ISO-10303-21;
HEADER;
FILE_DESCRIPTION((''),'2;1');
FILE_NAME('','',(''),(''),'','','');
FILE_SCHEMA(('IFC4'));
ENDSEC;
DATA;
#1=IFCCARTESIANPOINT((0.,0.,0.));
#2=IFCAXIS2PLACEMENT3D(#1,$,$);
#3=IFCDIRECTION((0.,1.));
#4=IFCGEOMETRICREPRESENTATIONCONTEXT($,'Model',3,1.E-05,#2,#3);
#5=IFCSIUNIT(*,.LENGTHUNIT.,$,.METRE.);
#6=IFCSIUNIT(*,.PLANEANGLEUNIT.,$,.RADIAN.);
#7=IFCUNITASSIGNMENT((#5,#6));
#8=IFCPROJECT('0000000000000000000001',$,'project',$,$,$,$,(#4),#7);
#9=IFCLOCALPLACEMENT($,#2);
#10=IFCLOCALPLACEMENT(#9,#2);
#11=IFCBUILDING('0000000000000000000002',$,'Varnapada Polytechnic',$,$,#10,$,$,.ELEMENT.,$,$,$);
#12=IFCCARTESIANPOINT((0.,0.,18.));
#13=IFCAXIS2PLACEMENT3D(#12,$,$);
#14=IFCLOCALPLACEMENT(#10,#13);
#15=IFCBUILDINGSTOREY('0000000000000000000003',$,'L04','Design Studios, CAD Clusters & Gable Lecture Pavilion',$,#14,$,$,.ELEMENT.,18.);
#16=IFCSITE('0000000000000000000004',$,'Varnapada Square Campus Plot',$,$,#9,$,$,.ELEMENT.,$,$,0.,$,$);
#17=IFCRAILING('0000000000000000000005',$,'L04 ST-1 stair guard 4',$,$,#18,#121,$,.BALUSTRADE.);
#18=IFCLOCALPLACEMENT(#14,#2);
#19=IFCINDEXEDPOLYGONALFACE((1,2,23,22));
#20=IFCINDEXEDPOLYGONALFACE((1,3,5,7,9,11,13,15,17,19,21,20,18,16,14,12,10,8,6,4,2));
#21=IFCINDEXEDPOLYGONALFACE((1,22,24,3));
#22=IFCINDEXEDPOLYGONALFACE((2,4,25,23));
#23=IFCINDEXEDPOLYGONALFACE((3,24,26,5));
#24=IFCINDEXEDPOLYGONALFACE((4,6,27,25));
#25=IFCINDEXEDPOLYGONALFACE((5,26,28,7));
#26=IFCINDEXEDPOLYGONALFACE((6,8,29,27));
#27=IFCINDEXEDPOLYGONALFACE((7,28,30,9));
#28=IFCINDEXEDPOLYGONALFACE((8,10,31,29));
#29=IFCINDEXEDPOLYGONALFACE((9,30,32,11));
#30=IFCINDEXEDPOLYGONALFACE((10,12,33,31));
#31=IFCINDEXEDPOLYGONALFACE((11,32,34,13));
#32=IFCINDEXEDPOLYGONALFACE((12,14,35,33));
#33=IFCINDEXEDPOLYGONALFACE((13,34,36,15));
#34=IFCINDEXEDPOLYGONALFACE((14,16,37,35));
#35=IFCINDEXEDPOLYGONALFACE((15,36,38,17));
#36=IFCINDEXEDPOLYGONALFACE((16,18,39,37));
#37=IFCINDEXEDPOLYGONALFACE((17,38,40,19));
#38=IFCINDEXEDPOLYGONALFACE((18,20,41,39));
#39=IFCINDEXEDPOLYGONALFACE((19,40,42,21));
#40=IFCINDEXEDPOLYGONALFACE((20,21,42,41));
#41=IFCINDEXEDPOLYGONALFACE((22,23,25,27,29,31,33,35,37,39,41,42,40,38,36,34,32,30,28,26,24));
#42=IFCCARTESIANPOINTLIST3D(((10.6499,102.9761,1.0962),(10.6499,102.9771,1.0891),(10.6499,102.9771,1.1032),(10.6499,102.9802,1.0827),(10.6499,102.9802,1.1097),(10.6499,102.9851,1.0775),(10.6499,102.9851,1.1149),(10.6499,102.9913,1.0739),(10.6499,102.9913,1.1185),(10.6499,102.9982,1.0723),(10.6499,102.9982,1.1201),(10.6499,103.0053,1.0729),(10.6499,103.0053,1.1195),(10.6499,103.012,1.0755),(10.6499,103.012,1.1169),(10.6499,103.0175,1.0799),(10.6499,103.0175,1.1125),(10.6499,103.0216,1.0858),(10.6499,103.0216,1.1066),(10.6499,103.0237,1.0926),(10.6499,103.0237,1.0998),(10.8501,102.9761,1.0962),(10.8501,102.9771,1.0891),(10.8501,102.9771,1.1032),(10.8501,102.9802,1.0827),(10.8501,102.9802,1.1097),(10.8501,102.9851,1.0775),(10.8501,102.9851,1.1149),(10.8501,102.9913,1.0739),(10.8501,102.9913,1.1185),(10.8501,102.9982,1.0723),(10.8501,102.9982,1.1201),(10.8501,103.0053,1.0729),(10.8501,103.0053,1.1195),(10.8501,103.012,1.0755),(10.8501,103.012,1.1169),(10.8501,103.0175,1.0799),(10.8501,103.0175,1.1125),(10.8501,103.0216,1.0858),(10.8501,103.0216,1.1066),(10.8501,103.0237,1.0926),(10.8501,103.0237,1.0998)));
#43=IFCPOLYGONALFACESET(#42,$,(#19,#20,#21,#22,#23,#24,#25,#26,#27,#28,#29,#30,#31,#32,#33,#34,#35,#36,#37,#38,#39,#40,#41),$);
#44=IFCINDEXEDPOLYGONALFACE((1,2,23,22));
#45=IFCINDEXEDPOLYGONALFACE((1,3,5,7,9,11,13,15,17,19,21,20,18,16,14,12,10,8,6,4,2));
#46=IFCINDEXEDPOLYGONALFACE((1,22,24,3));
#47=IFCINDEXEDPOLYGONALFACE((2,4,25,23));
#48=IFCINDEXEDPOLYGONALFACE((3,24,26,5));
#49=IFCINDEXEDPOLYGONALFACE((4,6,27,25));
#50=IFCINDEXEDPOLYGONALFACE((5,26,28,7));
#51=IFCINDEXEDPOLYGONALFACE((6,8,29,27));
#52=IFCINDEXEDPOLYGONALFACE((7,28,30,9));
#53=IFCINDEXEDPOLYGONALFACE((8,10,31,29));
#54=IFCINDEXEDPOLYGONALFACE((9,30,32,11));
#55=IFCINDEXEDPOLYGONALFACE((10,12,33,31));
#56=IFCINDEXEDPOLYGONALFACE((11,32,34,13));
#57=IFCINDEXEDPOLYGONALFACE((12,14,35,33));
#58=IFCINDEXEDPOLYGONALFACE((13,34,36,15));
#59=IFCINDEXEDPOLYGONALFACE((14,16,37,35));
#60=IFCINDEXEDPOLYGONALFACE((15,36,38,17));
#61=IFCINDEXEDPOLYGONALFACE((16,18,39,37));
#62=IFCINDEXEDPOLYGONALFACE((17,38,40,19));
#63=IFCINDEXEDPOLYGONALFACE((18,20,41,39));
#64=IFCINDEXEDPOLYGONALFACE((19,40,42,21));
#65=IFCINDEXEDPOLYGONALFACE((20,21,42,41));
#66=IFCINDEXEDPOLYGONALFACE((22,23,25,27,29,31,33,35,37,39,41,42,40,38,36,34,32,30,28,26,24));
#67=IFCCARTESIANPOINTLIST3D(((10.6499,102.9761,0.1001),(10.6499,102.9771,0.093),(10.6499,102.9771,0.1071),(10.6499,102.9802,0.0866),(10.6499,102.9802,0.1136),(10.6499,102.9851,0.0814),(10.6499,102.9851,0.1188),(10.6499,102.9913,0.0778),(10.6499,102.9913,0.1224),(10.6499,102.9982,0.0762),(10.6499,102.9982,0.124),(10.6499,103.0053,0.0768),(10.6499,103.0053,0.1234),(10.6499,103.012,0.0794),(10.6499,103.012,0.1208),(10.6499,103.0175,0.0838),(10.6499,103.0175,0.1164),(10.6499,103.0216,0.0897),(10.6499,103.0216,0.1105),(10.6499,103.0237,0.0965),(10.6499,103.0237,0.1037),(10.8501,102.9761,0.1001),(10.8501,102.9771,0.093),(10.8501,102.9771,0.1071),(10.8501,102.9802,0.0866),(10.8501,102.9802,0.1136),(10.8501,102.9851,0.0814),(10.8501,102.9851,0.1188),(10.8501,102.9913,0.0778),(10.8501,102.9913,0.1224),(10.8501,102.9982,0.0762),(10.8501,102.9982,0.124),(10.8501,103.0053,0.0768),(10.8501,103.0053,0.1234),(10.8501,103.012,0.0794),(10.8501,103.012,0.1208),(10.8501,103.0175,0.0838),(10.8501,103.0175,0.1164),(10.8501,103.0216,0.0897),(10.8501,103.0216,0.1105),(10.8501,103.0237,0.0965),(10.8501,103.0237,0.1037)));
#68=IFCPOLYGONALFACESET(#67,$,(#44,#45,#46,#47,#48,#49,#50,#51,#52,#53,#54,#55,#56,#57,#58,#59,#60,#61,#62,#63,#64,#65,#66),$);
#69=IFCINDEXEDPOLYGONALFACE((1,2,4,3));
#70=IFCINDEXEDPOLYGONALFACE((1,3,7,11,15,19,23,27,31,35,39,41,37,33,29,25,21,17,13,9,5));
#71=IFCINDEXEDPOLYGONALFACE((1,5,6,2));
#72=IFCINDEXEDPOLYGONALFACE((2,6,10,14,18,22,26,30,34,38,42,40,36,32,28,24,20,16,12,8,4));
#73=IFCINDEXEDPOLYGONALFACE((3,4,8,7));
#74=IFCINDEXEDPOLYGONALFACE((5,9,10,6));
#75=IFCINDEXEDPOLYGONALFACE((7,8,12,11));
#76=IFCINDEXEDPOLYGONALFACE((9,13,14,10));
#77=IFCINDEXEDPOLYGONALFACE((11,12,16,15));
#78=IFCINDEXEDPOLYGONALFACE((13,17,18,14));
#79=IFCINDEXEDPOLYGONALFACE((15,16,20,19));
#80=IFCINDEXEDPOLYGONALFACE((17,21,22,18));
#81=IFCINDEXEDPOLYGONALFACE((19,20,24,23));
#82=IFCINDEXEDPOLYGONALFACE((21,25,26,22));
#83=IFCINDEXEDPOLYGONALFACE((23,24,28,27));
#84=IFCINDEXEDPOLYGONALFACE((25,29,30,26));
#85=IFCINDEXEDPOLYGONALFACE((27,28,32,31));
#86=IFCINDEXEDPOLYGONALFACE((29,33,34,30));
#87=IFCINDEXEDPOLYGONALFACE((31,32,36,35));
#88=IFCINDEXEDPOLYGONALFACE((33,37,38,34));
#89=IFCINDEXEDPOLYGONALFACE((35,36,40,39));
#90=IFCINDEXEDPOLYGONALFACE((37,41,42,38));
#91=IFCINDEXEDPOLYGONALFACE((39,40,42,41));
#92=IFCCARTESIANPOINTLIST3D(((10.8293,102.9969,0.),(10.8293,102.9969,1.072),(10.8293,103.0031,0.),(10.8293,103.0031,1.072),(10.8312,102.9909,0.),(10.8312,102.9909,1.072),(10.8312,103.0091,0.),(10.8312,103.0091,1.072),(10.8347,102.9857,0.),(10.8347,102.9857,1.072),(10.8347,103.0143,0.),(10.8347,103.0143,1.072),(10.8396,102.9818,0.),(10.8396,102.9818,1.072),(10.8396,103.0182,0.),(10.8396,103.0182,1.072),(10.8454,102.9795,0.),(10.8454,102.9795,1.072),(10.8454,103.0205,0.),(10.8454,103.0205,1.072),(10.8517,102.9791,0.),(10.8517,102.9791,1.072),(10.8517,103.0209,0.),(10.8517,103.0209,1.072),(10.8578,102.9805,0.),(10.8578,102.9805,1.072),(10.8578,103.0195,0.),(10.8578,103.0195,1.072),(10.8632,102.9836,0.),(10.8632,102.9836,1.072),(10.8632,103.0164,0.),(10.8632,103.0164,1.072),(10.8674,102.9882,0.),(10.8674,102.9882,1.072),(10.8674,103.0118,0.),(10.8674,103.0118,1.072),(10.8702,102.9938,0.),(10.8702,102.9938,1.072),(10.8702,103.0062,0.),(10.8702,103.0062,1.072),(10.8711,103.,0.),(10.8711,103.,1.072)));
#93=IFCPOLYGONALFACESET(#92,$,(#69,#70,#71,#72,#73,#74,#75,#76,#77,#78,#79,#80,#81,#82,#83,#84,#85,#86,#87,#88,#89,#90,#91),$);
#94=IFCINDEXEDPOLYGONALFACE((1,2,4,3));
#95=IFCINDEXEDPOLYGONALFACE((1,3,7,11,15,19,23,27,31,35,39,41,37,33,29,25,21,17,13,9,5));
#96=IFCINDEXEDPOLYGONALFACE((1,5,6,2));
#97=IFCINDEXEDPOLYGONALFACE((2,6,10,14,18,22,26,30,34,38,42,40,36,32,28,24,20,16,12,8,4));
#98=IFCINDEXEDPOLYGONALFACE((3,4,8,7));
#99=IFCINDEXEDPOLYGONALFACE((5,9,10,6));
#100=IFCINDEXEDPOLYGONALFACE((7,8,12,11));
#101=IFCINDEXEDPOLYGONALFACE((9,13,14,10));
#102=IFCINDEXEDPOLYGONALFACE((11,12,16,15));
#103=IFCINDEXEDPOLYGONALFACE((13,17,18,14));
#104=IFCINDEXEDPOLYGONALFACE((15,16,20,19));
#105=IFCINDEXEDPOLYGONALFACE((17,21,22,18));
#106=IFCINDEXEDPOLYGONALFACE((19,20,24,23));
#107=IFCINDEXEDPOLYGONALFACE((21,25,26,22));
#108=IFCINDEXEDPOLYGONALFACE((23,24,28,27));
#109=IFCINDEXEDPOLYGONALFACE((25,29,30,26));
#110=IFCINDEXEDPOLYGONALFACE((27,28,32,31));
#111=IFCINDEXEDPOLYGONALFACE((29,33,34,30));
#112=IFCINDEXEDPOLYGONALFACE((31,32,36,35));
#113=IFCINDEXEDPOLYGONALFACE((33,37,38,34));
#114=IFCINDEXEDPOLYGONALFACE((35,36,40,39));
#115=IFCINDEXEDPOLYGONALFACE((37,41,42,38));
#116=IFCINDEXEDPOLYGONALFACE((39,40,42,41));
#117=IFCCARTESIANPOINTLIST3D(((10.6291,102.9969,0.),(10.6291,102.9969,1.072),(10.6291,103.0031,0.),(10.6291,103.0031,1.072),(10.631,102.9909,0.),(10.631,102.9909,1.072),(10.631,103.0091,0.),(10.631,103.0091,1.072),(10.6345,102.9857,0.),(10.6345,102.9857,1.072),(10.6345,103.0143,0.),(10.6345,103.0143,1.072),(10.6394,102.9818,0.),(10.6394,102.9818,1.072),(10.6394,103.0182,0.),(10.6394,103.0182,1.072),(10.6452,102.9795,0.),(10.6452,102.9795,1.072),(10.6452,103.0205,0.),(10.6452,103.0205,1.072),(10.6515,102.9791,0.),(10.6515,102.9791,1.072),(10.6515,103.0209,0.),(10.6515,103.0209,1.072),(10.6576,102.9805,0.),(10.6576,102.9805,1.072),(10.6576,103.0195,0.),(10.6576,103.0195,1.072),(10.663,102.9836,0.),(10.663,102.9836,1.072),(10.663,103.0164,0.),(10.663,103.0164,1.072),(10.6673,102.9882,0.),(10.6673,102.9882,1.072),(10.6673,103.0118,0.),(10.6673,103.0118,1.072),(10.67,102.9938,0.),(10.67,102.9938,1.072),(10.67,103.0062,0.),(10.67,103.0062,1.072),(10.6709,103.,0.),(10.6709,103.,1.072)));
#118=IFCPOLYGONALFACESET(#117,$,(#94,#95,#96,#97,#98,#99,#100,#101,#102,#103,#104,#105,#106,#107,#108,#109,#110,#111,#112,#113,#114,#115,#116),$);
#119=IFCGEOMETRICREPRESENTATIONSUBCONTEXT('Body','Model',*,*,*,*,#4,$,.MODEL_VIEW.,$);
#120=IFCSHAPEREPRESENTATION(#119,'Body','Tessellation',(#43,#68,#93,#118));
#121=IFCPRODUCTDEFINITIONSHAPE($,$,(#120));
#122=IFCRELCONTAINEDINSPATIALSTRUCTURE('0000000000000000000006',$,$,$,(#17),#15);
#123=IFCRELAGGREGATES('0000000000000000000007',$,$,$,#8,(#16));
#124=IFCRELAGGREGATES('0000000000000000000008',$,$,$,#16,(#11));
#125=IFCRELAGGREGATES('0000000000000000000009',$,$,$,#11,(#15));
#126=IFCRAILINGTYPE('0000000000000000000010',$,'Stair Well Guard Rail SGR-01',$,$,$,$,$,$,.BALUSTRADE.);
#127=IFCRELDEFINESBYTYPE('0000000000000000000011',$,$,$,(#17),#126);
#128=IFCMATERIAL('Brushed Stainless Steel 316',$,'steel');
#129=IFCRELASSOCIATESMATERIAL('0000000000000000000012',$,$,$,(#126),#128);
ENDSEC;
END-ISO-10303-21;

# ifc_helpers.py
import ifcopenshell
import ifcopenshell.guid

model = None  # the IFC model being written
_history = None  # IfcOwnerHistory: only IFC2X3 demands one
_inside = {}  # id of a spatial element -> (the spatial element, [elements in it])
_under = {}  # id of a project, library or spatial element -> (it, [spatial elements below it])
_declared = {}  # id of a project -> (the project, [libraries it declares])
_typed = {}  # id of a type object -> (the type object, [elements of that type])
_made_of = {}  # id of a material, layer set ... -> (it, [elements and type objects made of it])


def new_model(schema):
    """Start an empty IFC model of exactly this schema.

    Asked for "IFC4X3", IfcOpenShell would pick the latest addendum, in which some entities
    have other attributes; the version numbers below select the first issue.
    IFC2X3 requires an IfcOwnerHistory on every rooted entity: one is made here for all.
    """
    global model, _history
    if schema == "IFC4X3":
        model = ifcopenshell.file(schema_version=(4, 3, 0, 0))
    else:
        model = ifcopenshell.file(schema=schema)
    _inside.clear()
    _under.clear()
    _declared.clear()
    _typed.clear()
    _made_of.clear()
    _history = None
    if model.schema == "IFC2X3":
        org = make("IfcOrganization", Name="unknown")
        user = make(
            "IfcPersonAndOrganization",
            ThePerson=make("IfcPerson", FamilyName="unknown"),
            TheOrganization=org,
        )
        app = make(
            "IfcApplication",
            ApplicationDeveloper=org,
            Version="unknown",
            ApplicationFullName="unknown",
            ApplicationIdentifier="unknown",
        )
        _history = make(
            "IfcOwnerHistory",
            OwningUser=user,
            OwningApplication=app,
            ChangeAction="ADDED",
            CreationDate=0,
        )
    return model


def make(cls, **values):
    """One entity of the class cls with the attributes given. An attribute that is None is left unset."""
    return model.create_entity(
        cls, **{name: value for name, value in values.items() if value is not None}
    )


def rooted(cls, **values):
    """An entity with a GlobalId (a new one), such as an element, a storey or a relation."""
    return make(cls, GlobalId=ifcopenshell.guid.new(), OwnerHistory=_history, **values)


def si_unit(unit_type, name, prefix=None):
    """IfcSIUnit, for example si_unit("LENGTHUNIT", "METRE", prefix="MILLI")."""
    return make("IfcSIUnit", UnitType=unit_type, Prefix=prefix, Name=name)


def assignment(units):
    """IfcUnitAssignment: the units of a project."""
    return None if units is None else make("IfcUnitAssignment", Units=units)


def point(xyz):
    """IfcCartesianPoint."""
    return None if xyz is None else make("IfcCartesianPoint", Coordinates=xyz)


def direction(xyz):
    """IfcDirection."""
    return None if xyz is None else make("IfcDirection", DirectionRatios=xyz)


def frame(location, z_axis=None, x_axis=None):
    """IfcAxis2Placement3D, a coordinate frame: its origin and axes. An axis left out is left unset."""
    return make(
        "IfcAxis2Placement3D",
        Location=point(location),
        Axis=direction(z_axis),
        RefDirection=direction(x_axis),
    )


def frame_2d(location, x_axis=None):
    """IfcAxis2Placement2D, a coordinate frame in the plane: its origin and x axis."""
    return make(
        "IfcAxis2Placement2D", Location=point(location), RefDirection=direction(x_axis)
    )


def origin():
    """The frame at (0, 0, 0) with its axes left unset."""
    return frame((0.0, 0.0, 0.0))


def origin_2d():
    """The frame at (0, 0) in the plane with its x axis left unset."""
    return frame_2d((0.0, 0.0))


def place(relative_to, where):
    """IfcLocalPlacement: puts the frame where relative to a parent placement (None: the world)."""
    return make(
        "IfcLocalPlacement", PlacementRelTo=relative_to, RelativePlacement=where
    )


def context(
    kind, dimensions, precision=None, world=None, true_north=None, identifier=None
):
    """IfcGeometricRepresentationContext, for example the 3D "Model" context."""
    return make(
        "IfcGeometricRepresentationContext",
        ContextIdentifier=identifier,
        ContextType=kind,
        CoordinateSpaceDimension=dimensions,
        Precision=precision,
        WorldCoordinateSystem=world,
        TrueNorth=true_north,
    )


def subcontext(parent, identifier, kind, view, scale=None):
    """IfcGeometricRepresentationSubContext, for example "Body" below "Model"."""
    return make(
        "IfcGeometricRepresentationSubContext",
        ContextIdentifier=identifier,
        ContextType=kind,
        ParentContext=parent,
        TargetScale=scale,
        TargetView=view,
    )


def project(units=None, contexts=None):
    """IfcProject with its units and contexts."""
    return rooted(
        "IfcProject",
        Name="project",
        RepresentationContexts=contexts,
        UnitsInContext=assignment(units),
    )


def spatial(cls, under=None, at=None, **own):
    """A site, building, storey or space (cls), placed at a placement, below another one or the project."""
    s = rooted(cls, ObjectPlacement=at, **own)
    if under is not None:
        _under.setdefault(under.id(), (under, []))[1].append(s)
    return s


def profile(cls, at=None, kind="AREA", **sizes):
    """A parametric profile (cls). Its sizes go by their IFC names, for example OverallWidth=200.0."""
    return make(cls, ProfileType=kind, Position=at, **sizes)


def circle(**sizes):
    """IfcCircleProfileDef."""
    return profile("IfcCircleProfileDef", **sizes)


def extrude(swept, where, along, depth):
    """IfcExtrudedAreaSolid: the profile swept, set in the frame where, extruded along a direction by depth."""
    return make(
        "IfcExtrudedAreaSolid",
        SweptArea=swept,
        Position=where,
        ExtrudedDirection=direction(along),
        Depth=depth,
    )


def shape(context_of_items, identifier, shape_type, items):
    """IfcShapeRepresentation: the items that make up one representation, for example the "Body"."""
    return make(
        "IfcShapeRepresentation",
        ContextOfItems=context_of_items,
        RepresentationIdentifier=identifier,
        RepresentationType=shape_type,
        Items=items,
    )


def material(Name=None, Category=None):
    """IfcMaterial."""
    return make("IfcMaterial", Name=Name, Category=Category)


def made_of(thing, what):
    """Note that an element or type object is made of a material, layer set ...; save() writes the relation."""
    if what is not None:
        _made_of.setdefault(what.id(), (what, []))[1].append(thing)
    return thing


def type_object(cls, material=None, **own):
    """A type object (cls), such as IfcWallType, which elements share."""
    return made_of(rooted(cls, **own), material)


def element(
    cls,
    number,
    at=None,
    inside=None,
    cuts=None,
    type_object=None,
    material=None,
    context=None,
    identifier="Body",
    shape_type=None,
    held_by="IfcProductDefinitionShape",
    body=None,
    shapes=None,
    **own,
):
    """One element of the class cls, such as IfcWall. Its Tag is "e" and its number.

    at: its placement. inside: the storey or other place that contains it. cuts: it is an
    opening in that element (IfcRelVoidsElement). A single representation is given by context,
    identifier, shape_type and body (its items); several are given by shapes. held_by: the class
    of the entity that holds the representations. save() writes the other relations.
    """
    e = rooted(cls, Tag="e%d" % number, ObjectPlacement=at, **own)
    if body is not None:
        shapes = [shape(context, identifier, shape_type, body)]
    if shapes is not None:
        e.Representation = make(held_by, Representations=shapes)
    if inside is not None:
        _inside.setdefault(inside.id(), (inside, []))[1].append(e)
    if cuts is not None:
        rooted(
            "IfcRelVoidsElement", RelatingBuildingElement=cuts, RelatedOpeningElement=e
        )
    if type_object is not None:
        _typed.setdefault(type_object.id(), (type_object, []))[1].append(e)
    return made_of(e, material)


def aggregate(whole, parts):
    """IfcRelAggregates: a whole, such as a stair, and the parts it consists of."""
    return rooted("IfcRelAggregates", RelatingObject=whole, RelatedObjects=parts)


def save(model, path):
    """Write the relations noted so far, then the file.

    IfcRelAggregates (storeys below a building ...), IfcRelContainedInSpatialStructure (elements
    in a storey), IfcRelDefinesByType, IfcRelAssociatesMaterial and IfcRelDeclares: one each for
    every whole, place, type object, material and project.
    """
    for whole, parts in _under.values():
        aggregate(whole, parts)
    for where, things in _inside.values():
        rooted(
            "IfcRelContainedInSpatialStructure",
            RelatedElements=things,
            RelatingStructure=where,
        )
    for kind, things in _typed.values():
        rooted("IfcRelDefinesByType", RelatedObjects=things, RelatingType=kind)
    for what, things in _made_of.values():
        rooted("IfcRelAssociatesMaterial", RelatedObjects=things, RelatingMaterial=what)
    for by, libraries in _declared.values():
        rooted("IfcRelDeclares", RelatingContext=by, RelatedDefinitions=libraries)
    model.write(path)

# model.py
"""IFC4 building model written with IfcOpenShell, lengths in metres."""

from ifc_helpers import new_model, si_unit, direction, frame, origin, origin_2d, place, context, subcontext, project, spatial, circle, extrude, material, type_object, element, save


model = new_model("IFC4")

# Units and contexts
model_context = context("Model", 3, precision=1e-05, world=origin(), true_north=direction((0.0, 1.0)))
body_context = subcontext(model_context, "Body", "Model", "MODEL_VIEW")
ifc_project = project(units=[si_unit("LENGTHUNIT", "METRE"), si_unit("PLANEANGLEUNIT", "RADIAN")], contexts=[model_context])

# Site, building, storey
site_placement = place(None, origin())
site = spatial("IfcSite", under=ifc_project, at=site_placement, Name="Varnapada Square Campus Plot", CompositionType="ELEMENT", RefElevation=0.0)
building_placement = place(site_placement, origin())
building = spatial("IfcBuilding", under=site, at=building_placement, Name="Varnapada Polytechnic", CompositionType="ELEMENT")
storey_placement = place(building_placement, frame((0.0, 0.0, 18.0)))
storey = spatial("IfcBuildingStorey", under=building, at=storey_placement, Name="L04", Description="Design Studios, CAD Clusters & Gable Lecture Pavilion", CompositionType="ELEMENT", Elevation=18.0)

# Shared definitions
ifc_material_1 = material(Name="Brushed Stainless Steel 316", Category="steel")

# Railing
railing_type_1 = type_object("IfcRailingType", Name="Stair Well Guard Rail SGR-01", PredefinedType="BALUSTRADE", material=ifc_material_1)
railing_1_placement = place(storey_placement, frame((10.8501, 103.0, 0.0)))
element("IfcRailing", 1, at=railing_1_placement, inside=storey, type_object=railing_type_1, Name="L04 ST-1 stair guard 4", PredefinedType="BALUSTRADE", context=body_context, shape_type="SweptSolid", body=[
    extrude(circle(Radius=0.0239, at=origin_2d()), frame((0.0, 0.0, 1.0962), z_axis=(-1.0, 0.0, 0.0), x_axis=(0.0, -1.0, 0.0)), (0.0, 0.0, 1.0), 0.2002),
    extrude(circle(Radius=0.0239, at=origin_2d()), frame((0.0, 0.0, 0.1001), z_axis=(-1.0, 0.0, 0.0), x_axis=(0.0, -1.0, 0.0)), (0.0, 0.0, 1.0), 0.2002),
    extrude(circle(Radius=0.021, at=origin_2d()), origin(), (0.0, 0.0, 1.0), 1.072),
    extrude(circle(Radius=0.021, at=origin_2d()), frame((-0.2002, 0.0, 0.0)), (0.0, 0.0, 1.0), 1.072),
])

save(model, "model.ifc")
